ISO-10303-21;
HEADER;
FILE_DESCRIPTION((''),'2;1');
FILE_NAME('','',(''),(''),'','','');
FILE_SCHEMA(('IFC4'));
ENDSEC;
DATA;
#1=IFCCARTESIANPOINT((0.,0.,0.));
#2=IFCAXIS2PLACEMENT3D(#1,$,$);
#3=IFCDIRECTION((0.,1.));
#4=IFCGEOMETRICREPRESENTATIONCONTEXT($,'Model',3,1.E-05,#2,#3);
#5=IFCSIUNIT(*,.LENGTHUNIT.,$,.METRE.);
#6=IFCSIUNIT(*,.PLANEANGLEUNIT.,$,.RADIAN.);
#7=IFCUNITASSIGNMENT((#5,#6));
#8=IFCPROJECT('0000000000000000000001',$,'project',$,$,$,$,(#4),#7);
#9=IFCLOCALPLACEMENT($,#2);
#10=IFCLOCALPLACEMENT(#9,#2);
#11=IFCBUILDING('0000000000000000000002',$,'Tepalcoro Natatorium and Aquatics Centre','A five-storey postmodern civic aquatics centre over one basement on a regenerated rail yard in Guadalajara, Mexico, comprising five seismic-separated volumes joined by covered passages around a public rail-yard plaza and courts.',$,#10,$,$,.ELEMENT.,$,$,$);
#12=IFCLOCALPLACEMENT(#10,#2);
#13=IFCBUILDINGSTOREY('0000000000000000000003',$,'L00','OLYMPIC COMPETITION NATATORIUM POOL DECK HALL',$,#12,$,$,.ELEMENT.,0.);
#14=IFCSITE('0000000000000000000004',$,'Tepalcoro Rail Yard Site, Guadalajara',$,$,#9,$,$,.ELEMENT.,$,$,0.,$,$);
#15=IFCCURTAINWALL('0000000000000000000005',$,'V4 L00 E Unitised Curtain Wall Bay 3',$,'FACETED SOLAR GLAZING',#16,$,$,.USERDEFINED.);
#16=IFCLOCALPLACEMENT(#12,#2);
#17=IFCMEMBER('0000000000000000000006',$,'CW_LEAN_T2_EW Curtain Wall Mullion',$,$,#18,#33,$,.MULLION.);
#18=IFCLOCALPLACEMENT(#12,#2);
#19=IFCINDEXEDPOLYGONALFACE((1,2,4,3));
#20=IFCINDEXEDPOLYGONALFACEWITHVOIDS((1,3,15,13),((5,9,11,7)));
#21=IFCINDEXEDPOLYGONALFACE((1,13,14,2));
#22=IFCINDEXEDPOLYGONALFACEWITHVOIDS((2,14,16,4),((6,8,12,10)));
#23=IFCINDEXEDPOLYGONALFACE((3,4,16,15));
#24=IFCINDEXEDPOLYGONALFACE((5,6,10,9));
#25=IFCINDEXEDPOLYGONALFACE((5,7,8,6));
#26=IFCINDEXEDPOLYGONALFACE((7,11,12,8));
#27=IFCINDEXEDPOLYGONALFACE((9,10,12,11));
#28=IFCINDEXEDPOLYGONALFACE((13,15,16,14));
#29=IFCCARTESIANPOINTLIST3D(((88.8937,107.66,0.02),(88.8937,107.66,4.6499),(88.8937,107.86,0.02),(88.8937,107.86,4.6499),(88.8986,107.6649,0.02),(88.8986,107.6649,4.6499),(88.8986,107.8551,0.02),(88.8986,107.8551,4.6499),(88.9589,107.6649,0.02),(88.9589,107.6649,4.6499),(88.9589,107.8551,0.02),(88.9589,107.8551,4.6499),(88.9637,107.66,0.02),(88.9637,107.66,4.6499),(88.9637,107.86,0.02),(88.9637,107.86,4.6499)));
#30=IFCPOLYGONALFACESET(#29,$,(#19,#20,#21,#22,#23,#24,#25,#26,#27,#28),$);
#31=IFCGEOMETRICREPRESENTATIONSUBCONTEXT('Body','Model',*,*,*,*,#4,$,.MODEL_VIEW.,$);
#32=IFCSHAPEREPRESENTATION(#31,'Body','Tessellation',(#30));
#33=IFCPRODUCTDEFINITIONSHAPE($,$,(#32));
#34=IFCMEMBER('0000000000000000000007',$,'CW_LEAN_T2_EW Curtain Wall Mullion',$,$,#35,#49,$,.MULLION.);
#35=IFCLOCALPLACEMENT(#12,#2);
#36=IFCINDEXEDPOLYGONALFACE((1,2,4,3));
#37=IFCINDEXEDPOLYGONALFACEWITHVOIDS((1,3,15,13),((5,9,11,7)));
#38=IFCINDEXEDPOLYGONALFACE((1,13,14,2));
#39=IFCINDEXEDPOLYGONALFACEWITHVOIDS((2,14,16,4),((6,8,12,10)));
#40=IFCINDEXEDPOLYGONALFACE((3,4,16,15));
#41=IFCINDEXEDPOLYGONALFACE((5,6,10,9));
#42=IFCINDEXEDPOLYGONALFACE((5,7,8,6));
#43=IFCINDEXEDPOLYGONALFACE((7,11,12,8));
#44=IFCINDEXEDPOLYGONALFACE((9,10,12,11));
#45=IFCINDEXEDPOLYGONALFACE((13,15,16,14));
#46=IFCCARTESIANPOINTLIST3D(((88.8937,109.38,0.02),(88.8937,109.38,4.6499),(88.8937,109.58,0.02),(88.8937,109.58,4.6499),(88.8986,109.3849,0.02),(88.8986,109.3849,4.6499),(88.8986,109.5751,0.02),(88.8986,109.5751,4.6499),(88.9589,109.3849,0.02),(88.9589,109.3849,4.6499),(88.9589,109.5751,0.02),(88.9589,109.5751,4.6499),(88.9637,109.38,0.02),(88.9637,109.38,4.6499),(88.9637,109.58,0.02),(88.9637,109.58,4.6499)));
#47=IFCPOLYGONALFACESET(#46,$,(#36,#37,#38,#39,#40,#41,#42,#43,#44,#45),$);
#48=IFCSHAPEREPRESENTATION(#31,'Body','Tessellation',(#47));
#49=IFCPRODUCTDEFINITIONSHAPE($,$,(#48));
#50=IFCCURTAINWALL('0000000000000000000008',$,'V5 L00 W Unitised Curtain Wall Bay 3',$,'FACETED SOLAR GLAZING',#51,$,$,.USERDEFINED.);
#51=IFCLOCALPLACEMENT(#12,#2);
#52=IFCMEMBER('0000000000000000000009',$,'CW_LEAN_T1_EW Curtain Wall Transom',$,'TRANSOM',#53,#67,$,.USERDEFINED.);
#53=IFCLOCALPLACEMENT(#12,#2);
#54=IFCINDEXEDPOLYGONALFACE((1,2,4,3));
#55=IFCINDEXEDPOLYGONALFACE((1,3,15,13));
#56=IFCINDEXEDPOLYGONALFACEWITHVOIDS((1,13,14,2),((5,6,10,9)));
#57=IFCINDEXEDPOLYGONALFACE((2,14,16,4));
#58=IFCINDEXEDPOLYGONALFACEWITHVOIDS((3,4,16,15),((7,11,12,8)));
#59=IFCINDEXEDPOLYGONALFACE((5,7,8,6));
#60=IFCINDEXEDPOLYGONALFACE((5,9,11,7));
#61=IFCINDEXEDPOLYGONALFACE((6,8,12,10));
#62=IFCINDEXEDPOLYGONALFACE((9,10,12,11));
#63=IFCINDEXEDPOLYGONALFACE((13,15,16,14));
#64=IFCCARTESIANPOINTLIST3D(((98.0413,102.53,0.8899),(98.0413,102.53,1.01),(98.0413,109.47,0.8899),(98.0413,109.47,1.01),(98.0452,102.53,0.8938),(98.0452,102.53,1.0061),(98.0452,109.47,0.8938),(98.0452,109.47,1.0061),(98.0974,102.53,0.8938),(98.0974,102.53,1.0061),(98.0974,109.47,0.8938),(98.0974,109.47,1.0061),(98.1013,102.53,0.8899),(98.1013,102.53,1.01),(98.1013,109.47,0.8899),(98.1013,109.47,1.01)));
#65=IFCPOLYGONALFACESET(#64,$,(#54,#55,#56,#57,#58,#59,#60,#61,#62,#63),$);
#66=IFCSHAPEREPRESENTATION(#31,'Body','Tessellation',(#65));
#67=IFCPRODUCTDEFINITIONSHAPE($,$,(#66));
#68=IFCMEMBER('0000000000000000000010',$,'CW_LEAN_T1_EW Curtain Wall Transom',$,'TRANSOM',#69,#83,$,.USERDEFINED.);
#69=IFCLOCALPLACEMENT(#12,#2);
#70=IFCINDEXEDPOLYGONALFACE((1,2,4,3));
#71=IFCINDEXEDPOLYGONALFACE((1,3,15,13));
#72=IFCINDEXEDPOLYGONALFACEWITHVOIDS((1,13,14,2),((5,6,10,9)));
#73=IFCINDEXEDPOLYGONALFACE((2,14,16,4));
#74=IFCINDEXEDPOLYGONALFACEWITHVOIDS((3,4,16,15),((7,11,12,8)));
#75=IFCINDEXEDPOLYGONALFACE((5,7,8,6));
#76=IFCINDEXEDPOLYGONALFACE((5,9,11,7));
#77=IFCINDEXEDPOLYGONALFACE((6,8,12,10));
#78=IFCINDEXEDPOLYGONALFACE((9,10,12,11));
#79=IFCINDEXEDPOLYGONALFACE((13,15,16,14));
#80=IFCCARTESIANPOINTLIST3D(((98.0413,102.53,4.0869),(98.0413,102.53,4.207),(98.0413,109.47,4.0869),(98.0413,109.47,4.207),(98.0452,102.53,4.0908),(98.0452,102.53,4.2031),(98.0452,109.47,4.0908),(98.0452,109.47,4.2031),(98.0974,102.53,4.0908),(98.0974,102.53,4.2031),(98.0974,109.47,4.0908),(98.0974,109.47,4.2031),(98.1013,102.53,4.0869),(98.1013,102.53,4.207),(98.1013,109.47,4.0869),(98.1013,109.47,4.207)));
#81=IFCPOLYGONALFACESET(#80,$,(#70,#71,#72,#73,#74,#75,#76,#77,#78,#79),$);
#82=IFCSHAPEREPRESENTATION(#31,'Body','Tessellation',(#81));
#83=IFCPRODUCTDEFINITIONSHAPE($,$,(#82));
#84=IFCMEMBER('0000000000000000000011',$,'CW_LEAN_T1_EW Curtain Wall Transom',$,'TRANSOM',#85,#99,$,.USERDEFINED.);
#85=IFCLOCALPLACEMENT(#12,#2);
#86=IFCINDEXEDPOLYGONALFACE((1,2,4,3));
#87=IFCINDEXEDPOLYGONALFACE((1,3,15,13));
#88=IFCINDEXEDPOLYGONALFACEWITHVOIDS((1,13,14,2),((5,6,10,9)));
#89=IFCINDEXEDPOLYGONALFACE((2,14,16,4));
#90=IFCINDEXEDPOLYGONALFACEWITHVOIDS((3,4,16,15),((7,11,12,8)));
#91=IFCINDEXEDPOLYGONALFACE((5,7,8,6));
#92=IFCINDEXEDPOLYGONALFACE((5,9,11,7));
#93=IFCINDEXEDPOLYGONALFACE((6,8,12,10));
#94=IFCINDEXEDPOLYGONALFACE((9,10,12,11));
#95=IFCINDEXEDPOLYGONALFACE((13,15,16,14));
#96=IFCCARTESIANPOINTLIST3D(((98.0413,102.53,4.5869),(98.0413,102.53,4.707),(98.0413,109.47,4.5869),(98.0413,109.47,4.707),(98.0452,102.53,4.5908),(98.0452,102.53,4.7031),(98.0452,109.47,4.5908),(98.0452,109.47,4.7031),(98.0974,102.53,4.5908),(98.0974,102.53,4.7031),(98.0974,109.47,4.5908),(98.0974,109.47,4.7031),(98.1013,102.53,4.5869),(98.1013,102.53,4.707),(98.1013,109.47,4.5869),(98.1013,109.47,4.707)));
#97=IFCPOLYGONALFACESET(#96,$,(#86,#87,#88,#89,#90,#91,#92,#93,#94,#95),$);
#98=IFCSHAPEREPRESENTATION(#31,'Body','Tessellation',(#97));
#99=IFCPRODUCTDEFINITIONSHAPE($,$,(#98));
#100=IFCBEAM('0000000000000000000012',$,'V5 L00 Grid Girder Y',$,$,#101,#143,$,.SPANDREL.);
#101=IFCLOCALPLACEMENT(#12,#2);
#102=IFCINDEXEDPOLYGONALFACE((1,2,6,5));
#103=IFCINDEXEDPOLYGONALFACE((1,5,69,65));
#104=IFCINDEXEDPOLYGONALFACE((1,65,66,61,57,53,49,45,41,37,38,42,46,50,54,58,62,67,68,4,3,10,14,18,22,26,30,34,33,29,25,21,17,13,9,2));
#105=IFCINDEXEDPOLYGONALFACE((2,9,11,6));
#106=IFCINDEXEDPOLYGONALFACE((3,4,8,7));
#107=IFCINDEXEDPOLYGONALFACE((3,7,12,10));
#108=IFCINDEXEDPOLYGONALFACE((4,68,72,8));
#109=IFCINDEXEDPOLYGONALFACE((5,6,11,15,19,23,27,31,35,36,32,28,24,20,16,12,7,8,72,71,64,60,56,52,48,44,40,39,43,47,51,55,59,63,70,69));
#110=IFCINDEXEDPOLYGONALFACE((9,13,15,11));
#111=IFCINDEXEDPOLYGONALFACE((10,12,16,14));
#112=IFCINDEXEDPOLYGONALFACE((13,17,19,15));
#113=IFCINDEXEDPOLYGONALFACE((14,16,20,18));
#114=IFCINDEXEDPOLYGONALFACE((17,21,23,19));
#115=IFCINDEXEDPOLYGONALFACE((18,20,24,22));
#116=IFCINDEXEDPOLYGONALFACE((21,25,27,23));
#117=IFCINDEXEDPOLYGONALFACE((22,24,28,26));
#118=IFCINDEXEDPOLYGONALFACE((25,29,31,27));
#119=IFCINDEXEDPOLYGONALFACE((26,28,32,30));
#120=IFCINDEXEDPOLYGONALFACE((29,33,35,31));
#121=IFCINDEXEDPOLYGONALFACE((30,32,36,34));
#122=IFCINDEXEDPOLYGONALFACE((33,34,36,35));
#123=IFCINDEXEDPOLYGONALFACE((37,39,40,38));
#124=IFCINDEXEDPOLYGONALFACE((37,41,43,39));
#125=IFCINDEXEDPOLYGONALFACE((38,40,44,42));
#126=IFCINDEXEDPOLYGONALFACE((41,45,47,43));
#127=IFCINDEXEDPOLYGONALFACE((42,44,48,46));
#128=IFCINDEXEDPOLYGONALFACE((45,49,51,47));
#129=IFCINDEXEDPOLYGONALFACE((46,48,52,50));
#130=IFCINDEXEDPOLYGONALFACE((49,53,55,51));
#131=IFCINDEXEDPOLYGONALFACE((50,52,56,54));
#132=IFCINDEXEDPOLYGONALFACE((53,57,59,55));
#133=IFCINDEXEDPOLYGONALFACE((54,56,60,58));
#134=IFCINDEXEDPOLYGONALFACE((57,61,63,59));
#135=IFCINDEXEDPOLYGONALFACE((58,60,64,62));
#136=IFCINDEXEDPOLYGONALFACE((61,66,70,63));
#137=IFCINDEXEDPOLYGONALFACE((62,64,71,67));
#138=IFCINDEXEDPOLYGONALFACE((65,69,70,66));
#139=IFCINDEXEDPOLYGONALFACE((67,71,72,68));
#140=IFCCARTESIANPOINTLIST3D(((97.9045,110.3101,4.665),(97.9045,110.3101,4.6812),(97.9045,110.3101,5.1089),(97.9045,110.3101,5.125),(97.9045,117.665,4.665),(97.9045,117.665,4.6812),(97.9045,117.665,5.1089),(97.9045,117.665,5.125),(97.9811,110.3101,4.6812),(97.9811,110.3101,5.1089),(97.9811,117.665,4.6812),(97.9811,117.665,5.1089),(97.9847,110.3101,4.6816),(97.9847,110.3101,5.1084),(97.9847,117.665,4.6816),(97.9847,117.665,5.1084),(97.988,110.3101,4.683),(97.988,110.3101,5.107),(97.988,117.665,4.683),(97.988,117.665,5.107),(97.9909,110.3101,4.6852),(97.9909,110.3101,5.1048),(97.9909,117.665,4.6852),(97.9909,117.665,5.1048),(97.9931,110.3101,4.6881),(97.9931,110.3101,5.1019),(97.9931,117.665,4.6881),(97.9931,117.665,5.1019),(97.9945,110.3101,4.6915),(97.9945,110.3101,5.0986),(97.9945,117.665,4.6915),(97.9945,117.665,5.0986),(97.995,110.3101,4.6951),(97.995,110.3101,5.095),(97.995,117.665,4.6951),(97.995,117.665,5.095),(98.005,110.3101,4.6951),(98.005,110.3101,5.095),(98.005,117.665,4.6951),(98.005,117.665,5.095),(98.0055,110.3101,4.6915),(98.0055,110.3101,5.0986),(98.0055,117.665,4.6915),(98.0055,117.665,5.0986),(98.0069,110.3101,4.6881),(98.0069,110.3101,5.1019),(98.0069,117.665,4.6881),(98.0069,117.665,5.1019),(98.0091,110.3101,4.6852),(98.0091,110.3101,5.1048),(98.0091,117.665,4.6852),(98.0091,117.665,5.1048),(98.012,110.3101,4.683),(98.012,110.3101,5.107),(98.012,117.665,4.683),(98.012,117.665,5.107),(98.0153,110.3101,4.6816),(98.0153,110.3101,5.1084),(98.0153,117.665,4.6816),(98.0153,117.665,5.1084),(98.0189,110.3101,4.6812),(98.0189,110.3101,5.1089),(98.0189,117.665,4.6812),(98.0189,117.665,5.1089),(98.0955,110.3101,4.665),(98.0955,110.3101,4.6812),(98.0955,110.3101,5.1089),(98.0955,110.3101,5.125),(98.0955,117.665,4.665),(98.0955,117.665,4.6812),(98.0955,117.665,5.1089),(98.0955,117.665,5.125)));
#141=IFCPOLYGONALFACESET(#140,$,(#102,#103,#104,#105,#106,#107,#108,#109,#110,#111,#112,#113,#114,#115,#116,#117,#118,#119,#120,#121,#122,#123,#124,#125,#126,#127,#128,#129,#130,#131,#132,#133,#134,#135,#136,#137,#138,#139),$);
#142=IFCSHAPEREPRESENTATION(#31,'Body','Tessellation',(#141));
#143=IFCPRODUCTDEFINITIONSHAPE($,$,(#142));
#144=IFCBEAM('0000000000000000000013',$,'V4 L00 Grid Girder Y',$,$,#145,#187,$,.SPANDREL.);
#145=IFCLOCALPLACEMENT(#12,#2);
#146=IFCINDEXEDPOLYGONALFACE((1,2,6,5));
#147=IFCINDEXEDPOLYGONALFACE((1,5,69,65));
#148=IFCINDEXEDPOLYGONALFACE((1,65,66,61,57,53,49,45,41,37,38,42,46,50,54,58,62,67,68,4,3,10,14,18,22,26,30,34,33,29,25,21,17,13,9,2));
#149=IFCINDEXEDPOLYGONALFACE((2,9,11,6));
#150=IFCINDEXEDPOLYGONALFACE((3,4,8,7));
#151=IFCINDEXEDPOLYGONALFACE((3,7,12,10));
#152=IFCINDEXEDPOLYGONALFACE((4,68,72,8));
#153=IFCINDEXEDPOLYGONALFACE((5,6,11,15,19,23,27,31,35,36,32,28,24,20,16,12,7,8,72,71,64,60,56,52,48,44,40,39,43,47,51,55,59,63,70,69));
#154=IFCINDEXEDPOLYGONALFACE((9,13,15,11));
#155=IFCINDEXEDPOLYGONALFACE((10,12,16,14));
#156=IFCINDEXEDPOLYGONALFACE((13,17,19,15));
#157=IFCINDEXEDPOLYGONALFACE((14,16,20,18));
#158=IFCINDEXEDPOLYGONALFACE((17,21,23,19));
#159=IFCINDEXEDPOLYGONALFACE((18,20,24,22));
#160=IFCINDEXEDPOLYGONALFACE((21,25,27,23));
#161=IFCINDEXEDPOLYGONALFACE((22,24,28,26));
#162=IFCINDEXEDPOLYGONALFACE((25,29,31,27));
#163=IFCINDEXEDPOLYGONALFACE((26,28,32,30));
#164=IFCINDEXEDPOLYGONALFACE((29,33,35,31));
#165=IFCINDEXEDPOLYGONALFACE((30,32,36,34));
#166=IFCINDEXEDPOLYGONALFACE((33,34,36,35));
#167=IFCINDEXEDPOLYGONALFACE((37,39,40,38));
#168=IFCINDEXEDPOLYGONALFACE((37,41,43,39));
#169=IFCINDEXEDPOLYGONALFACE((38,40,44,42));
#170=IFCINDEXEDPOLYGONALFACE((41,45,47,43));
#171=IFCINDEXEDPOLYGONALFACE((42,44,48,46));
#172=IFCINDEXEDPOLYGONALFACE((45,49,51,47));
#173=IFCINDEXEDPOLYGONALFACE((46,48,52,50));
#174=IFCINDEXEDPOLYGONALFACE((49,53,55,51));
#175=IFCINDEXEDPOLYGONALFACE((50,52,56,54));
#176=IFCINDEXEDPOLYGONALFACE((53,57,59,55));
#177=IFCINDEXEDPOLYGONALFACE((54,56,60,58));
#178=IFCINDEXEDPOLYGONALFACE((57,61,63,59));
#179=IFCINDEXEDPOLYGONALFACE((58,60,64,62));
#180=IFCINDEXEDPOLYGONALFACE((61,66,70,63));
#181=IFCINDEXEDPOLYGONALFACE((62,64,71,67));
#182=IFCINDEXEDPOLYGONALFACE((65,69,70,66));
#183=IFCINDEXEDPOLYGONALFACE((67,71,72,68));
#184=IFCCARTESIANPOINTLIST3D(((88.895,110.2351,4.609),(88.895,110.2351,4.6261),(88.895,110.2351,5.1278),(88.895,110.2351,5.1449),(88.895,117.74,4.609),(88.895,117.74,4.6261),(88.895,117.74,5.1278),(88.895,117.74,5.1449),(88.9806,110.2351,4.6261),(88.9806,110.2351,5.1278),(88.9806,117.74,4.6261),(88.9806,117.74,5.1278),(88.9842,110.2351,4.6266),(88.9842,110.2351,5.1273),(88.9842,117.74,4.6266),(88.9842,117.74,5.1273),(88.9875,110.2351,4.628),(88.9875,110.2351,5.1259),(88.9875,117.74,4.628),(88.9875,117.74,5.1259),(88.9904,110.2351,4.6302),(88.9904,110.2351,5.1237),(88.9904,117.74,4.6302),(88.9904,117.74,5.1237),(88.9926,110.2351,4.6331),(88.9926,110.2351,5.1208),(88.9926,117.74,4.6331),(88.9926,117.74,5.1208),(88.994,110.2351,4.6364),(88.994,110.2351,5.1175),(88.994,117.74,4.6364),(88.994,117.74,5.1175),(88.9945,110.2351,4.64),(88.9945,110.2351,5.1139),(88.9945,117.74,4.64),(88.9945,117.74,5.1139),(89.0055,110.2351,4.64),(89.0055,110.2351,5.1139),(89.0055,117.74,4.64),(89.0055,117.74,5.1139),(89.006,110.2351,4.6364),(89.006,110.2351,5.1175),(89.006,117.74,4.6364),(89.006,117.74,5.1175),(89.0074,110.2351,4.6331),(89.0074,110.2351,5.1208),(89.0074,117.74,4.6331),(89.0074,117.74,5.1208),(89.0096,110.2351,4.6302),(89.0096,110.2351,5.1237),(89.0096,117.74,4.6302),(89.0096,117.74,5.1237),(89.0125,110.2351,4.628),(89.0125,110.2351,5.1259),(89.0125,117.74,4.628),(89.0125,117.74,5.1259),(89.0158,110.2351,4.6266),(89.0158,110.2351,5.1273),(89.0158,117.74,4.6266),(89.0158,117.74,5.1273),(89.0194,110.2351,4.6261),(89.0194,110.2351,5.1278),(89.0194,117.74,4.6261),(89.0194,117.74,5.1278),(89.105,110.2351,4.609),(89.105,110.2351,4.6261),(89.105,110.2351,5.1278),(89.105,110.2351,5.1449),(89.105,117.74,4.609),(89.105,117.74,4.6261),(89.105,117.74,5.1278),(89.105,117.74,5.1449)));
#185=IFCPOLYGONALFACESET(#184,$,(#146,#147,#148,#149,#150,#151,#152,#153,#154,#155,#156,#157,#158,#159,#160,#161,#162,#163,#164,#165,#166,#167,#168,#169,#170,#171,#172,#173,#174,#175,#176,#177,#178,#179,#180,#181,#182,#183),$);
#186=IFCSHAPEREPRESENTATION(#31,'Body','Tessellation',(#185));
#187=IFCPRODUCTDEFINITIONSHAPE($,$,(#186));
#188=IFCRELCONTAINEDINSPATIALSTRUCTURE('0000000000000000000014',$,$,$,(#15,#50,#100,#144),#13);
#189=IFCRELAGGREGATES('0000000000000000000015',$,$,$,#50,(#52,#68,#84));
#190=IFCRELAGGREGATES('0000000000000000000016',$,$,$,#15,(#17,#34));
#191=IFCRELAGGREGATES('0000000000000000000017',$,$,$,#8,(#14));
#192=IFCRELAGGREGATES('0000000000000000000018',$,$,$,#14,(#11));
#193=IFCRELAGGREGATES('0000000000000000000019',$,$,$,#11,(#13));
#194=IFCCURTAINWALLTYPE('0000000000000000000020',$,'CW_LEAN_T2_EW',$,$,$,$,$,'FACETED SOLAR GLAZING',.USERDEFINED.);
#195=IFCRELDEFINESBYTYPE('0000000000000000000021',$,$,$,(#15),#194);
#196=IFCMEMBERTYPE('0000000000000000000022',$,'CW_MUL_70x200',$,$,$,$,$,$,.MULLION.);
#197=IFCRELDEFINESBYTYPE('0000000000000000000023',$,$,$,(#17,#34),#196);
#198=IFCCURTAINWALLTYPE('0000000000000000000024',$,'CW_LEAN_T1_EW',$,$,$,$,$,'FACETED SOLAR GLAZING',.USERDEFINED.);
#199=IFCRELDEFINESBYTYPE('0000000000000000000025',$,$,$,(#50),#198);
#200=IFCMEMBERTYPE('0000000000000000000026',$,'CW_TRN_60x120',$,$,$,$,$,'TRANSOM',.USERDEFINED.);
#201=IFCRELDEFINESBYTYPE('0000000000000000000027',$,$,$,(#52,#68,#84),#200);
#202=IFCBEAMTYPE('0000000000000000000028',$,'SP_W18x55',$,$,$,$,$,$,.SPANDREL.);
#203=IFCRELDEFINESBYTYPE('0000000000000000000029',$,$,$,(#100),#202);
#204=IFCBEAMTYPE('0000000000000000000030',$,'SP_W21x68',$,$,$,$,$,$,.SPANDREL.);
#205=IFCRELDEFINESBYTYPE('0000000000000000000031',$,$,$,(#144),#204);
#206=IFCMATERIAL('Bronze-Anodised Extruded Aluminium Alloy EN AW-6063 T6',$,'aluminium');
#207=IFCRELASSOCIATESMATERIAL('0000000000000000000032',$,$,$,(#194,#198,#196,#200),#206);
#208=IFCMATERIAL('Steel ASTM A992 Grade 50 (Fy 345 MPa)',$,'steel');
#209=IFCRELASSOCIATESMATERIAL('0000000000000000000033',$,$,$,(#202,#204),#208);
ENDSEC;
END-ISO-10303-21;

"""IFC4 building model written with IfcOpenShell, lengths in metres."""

from ifc_helpers import new_model, si_unit, direction, frame, origin, origin_2d, place, context, subcontext, project, spatial, hollow_rectangle, i_section, extrude, material, material_profile, profile_set, type_object, element, aggregate, save


model = new_model("IFC4")

# Units and contexts
model_context = context("Model", 3, precision=1e-05, world=origin(), true_north=direction((0.0, 1.0)))
body_context = subcontext(model_context, "Body", "Model", "MODEL_VIEW")
ifc_project = project(units=[si_unit("LENGTHUNIT", "METRE"), si_unit("PLANEANGLEUNIT", "RADIAN")], contexts=[model_context])

# Site, building, storey
site_placement = place(None, origin())
site = spatial("IfcSite", under=ifc_project, at=site_placement, Name="Tepalcoro Rail Yard Site, Guadalajara", CompositionType="ELEMENT", RefElevation=0.0)
building_placement = place(site_placement, origin())
building = spatial("IfcBuilding", under=site, at=building_placement, Name="Tepalcoro Natatorium and Aquatics Centre", Description="A five-storey postmodern civic aquatics centre over one basement on a regenerated rail yard in Guadalajara, Mexico, comprising five seismic-separated volumes joined by covered passages around a public rail-yard plaza and courts.", CompositionType="ELEMENT")
storey_placement = place(building_placement, origin())
storey = spatial("IfcBuildingStorey", under=building, at=storey_placement, Name="L00", Description="OLYMPIC COMPETITION NATATORIUM POOL DECK HALL", CompositionType="ELEMENT", Elevation=0.0)

# Curtain walls, members
ifc_material_1 = material(Name="Bronze-Anodised Extruded Aluminium Alloy EN AW-6063 T6", Category="aluminium")
curtain_wall_type_1 = type_object("IfcCurtainWallType", Name="CW_LEAN_T2_EW", ElementType="FACETED SOLAR GLAZING", PredefinedType="USERDEFINED", material=ifc_material_1)
curtain_wall_1_placement = place(storey_placement, origin())
curtain_wall_1 = element("IfcCurtainWall", 1, at=curtain_wall_1_placement, inside=storey, type_object=curtain_wall_type_1, Name="V4 L00 E Unitised Curtain Wall Bay 3", ObjectType="FACETED SOLAR GLAZING", PredefinedType="USERDEFINED")
ifc_material_profile_1 = material_profile(ifc_material_1, hollow_rectangle(XDim=0.0701, YDim=0.2, WallThickness=0.0049, at=origin_2d()), Name="AL70X200X5")
ifc_profile_set_1 = profile_set([ifc_material_profile_1], Name="Bronze-Anodised Extruded Aluminium Alloy EN AW-6063 T6")
member_type_1 = type_object("IfcMemberType", Name="CW_MUL_70x200", PredefinedType="MULLION", material=ifc_profile_set_1)
member_1_placement = place(storey_placement, frame((88.9287, 107.76, 0.02), z_axis=(0.0, 0.0, 1.0), x_axis=(1.0, 0.0, 0.0)))
member_1 = element("IfcMember", 2, at=member_1_placement, type_object=member_type_1, Name="CW_LEAN_T2_EW Curtain Wall Mullion", PredefinedType="MULLION", context=body_context, shape_type="SweptSolid", body=[
    extrude(hollow_rectangle(XDim=0.0701, YDim=0.2, WallThickness=0.0049, at=origin_2d()), origin(), (0.0, 0.0, 1.0), 4.6299),
])
member_2_placement = place(storey_placement, frame((88.9287, 109.48, 0.02), z_axis=(0.0, 0.0, 1.0), x_axis=(1.0, 0.0, 0.0)))
member_2 = element("IfcMember", 3, at=member_2_placement, type_object=member_type_1, Name="CW_LEAN_T2_EW Curtain Wall Mullion", PredefinedType="MULLION", context=body_context, shape_type="SweptSolid", body=[
    extrude(hollow_rectangle(XDim=0.0701, YDim=0.2, WallThickness=0.0049, at=origin_2d()), origin(), (0.0, 0.0, 1.0), 4.6299),
])
curtain_wall_type_2 = type_object("IfcCurtainWallType", Name="CW_LEAN_T1_EW", ElementType="FACETED SOLAR GLAZING", PredefinedType="USERDEFINED", material=ifc_material_1)
curtain_wall_2_placement = place(storey_placement, origin())
curtain_wall_2 = element("IfcCurtainWall", 4, at=curtain_wall_2_placement, inside=storey, type_object=curtain_wall_type_2, Name="V5 L00 W Unitised Curtain Wall Bay 3", ObjectType="FACETED SOLAR GLAZING", PredefinedType="USERDEFINED")
ifc_material_profile_2 = material_profile(ifc_material_1, hollow_rectangle(XDim=0.0601, YDim=0.1201, WallThickness=0.0039, at=origin_2d()), Name="AL60X120X4")
ifc_profile_set_2 = profile_set([ifc_material_profile_2], Name="Bronze-Anodised Extruded Aluminium Alloy EN AW-6063 T6")
member_type_2 = type_object("IfcMemberType", Name="CW_TRN_60x120", ElementType="TRANSOM", PredefinedType="USERDEFINED", material=ifc_profile_set_2)
member_3_placement = place(storey_placement, frame((98.0713, 102.53, 0.95), z_axis=(0.0, 1.0, 0.0), x_axis=(-1.0, 0.0, 0.0)))
member_3 = element("IfcMember", 5, at=member_3_placement, type_object=member_type_2, Name="CW_LEAN_T1_EW Curtain Wall Transom", ObjectType="TRANSOM", PredefinedType="USERDEFINED", context=body_context, shape_type="SweptSolid", body=[
    extrude(hollow_rectangle(XDim=0.0601, YDim=0.1201, WallThickness=0.0039, at=origin_2d()), origin(), (0.0, 0.0, 1.0), 6.9399),
])
member_4_placement = place(storey_placement, frame((98.0713, 102.53, 4.147), z_axis=(0.0, 1.0, 0.0), x_axis=(-1.0, 0.0, 0.0)))
member_4 = element("IfcMember", 6, at=member_4_placement, type_object=member_type_2, Name="CW_LEAN_T1_EW Curtain Wall Transom", ObjectType="TRANSOM", PredefinedType="USERDEFINED", context=body_context, shape_type="SweptSolid", body=[
    extrude(hollow_rectangle(XDim=0.0601, YDim=0.1201, WallThickness=0.0039, at=origin_2d()), origin(), (0.0, 0.0, 1.0), 6.9399),
])
member_5_placement = place(storey_placement, frame((98.0713, 102.53, 4.647), z_axis=(0.0, 1.0, 0.0), x_axis=(-1.0, 0.0, 0.0)))
member_5 = element("IfcMember", 7, at=member_5_placement, type_object=member_type_2, Name="CW_LEAN_T1_EW Curtain Wall Transom", ObjectType="TRANSOM", PredefinedType="USERDEFINED", context=body_context, shape_type="SweptSolid", body=[
    extrude(hollow_rectangle(XDim=0.0601, YDim=0.1201, WallThickness=0.0039, at=origin_2d()), origin(), (0.0, 0.0, 1.0), 6.9399),
])

# Beams
ifc_material_2 = material(Name="Steel ASTM A992 Grade 50 (Fy 345 MPa)", Category="steel")
ifc_material_profile_3 = material_profile(ifc_material_2, i_section(OverallWidth=0.1909, OverallDepth=0.46, WebThickness=0.01, FlangeThickness=0.0161, FilletRadius=0.0139, at=origin_2d()), Name="W18X55")
ifc_profile_set_3 = profile_set([ifc_material_profile_3], Name="Steel ASTM A992 Grade 50 (Fy 345 MPa)")
beam_type_1 = type_object("IfcBeamType", Name="SP_W18x55", PredefinedType="SPANDREL", material=ifc_profile_set_3)
beam_1_placement = place(storey_placement, frame((98.0, 110.3101, 4.895), z_axis=(0.0, 1.0, 0.0), x_axis=(-1.0, 0.0, 0.0)))
element("IfcBeam", 8, at=beam_1_placement, inside=storey, type_object=beam_type_1, Name="V5 L00 Grid Girder Y", PredefinedType="SPANDREL", context=body_context, shape_type="SweptSolid", body=[
    extrude(i_section(OverallWidth=0.1909, OverallDepth=0.46, WebThickness=0.01, FlangeThickness=0.0161, FilletRadius=0.0139, at=origin_2d()), origin(), (0.0, 0.0, 1.0), 7.355),
])
ifc_material_profile_4 = material_profile(ifc_material_2, i_section(OverallWidth=0.21, OverallDepth=0.5359, WebThickness=0.011, FlangeThickness=0.0171, FilletRadius=0.0139, at=origin_2d()), Name="W21X68")
ifc_profile_set_4 = profile_set([ifc_material_profile_4], Name="Steel ASTM A992 Grade 50 (Fy 345 MPa)")
beam_type_2 = type_object("IfcBeamType", Name="SP_W21x68", PredefinedType="SPANDREL", material=ifc_profile_set_4)
beam_2_placement = place(storey_placement, frame((89.0, 110.2351, 4.877), z_axis=(0.0, 1.0, 0.0), x_axis=(-1.0, 0.0, 0.0)))
element("IfcBeam", 9, at=beam_2_placement, inside=storey, type_object=beam_type_2, Name="V4 L00 Grid Girder Y", PredefinedType="SPANDREL", context=body_context, shape_type="SweptSolid", body=[
    extrude(i_section(OverallWidth=0.21, OverallDepth=0.5359, WebThickness=0.011, FlangeThickness=0.0171, FilletRadius=0.0139, at=origin_2d()), origin(), (0.0, 0.0, 1.0), 7.5049),
])

aggregate(curtain_wall_2, [member_3, member_4, member_5])
aggregate(curtain_wall_1, [member_1, member_2])

save(model, "model.ifc")
